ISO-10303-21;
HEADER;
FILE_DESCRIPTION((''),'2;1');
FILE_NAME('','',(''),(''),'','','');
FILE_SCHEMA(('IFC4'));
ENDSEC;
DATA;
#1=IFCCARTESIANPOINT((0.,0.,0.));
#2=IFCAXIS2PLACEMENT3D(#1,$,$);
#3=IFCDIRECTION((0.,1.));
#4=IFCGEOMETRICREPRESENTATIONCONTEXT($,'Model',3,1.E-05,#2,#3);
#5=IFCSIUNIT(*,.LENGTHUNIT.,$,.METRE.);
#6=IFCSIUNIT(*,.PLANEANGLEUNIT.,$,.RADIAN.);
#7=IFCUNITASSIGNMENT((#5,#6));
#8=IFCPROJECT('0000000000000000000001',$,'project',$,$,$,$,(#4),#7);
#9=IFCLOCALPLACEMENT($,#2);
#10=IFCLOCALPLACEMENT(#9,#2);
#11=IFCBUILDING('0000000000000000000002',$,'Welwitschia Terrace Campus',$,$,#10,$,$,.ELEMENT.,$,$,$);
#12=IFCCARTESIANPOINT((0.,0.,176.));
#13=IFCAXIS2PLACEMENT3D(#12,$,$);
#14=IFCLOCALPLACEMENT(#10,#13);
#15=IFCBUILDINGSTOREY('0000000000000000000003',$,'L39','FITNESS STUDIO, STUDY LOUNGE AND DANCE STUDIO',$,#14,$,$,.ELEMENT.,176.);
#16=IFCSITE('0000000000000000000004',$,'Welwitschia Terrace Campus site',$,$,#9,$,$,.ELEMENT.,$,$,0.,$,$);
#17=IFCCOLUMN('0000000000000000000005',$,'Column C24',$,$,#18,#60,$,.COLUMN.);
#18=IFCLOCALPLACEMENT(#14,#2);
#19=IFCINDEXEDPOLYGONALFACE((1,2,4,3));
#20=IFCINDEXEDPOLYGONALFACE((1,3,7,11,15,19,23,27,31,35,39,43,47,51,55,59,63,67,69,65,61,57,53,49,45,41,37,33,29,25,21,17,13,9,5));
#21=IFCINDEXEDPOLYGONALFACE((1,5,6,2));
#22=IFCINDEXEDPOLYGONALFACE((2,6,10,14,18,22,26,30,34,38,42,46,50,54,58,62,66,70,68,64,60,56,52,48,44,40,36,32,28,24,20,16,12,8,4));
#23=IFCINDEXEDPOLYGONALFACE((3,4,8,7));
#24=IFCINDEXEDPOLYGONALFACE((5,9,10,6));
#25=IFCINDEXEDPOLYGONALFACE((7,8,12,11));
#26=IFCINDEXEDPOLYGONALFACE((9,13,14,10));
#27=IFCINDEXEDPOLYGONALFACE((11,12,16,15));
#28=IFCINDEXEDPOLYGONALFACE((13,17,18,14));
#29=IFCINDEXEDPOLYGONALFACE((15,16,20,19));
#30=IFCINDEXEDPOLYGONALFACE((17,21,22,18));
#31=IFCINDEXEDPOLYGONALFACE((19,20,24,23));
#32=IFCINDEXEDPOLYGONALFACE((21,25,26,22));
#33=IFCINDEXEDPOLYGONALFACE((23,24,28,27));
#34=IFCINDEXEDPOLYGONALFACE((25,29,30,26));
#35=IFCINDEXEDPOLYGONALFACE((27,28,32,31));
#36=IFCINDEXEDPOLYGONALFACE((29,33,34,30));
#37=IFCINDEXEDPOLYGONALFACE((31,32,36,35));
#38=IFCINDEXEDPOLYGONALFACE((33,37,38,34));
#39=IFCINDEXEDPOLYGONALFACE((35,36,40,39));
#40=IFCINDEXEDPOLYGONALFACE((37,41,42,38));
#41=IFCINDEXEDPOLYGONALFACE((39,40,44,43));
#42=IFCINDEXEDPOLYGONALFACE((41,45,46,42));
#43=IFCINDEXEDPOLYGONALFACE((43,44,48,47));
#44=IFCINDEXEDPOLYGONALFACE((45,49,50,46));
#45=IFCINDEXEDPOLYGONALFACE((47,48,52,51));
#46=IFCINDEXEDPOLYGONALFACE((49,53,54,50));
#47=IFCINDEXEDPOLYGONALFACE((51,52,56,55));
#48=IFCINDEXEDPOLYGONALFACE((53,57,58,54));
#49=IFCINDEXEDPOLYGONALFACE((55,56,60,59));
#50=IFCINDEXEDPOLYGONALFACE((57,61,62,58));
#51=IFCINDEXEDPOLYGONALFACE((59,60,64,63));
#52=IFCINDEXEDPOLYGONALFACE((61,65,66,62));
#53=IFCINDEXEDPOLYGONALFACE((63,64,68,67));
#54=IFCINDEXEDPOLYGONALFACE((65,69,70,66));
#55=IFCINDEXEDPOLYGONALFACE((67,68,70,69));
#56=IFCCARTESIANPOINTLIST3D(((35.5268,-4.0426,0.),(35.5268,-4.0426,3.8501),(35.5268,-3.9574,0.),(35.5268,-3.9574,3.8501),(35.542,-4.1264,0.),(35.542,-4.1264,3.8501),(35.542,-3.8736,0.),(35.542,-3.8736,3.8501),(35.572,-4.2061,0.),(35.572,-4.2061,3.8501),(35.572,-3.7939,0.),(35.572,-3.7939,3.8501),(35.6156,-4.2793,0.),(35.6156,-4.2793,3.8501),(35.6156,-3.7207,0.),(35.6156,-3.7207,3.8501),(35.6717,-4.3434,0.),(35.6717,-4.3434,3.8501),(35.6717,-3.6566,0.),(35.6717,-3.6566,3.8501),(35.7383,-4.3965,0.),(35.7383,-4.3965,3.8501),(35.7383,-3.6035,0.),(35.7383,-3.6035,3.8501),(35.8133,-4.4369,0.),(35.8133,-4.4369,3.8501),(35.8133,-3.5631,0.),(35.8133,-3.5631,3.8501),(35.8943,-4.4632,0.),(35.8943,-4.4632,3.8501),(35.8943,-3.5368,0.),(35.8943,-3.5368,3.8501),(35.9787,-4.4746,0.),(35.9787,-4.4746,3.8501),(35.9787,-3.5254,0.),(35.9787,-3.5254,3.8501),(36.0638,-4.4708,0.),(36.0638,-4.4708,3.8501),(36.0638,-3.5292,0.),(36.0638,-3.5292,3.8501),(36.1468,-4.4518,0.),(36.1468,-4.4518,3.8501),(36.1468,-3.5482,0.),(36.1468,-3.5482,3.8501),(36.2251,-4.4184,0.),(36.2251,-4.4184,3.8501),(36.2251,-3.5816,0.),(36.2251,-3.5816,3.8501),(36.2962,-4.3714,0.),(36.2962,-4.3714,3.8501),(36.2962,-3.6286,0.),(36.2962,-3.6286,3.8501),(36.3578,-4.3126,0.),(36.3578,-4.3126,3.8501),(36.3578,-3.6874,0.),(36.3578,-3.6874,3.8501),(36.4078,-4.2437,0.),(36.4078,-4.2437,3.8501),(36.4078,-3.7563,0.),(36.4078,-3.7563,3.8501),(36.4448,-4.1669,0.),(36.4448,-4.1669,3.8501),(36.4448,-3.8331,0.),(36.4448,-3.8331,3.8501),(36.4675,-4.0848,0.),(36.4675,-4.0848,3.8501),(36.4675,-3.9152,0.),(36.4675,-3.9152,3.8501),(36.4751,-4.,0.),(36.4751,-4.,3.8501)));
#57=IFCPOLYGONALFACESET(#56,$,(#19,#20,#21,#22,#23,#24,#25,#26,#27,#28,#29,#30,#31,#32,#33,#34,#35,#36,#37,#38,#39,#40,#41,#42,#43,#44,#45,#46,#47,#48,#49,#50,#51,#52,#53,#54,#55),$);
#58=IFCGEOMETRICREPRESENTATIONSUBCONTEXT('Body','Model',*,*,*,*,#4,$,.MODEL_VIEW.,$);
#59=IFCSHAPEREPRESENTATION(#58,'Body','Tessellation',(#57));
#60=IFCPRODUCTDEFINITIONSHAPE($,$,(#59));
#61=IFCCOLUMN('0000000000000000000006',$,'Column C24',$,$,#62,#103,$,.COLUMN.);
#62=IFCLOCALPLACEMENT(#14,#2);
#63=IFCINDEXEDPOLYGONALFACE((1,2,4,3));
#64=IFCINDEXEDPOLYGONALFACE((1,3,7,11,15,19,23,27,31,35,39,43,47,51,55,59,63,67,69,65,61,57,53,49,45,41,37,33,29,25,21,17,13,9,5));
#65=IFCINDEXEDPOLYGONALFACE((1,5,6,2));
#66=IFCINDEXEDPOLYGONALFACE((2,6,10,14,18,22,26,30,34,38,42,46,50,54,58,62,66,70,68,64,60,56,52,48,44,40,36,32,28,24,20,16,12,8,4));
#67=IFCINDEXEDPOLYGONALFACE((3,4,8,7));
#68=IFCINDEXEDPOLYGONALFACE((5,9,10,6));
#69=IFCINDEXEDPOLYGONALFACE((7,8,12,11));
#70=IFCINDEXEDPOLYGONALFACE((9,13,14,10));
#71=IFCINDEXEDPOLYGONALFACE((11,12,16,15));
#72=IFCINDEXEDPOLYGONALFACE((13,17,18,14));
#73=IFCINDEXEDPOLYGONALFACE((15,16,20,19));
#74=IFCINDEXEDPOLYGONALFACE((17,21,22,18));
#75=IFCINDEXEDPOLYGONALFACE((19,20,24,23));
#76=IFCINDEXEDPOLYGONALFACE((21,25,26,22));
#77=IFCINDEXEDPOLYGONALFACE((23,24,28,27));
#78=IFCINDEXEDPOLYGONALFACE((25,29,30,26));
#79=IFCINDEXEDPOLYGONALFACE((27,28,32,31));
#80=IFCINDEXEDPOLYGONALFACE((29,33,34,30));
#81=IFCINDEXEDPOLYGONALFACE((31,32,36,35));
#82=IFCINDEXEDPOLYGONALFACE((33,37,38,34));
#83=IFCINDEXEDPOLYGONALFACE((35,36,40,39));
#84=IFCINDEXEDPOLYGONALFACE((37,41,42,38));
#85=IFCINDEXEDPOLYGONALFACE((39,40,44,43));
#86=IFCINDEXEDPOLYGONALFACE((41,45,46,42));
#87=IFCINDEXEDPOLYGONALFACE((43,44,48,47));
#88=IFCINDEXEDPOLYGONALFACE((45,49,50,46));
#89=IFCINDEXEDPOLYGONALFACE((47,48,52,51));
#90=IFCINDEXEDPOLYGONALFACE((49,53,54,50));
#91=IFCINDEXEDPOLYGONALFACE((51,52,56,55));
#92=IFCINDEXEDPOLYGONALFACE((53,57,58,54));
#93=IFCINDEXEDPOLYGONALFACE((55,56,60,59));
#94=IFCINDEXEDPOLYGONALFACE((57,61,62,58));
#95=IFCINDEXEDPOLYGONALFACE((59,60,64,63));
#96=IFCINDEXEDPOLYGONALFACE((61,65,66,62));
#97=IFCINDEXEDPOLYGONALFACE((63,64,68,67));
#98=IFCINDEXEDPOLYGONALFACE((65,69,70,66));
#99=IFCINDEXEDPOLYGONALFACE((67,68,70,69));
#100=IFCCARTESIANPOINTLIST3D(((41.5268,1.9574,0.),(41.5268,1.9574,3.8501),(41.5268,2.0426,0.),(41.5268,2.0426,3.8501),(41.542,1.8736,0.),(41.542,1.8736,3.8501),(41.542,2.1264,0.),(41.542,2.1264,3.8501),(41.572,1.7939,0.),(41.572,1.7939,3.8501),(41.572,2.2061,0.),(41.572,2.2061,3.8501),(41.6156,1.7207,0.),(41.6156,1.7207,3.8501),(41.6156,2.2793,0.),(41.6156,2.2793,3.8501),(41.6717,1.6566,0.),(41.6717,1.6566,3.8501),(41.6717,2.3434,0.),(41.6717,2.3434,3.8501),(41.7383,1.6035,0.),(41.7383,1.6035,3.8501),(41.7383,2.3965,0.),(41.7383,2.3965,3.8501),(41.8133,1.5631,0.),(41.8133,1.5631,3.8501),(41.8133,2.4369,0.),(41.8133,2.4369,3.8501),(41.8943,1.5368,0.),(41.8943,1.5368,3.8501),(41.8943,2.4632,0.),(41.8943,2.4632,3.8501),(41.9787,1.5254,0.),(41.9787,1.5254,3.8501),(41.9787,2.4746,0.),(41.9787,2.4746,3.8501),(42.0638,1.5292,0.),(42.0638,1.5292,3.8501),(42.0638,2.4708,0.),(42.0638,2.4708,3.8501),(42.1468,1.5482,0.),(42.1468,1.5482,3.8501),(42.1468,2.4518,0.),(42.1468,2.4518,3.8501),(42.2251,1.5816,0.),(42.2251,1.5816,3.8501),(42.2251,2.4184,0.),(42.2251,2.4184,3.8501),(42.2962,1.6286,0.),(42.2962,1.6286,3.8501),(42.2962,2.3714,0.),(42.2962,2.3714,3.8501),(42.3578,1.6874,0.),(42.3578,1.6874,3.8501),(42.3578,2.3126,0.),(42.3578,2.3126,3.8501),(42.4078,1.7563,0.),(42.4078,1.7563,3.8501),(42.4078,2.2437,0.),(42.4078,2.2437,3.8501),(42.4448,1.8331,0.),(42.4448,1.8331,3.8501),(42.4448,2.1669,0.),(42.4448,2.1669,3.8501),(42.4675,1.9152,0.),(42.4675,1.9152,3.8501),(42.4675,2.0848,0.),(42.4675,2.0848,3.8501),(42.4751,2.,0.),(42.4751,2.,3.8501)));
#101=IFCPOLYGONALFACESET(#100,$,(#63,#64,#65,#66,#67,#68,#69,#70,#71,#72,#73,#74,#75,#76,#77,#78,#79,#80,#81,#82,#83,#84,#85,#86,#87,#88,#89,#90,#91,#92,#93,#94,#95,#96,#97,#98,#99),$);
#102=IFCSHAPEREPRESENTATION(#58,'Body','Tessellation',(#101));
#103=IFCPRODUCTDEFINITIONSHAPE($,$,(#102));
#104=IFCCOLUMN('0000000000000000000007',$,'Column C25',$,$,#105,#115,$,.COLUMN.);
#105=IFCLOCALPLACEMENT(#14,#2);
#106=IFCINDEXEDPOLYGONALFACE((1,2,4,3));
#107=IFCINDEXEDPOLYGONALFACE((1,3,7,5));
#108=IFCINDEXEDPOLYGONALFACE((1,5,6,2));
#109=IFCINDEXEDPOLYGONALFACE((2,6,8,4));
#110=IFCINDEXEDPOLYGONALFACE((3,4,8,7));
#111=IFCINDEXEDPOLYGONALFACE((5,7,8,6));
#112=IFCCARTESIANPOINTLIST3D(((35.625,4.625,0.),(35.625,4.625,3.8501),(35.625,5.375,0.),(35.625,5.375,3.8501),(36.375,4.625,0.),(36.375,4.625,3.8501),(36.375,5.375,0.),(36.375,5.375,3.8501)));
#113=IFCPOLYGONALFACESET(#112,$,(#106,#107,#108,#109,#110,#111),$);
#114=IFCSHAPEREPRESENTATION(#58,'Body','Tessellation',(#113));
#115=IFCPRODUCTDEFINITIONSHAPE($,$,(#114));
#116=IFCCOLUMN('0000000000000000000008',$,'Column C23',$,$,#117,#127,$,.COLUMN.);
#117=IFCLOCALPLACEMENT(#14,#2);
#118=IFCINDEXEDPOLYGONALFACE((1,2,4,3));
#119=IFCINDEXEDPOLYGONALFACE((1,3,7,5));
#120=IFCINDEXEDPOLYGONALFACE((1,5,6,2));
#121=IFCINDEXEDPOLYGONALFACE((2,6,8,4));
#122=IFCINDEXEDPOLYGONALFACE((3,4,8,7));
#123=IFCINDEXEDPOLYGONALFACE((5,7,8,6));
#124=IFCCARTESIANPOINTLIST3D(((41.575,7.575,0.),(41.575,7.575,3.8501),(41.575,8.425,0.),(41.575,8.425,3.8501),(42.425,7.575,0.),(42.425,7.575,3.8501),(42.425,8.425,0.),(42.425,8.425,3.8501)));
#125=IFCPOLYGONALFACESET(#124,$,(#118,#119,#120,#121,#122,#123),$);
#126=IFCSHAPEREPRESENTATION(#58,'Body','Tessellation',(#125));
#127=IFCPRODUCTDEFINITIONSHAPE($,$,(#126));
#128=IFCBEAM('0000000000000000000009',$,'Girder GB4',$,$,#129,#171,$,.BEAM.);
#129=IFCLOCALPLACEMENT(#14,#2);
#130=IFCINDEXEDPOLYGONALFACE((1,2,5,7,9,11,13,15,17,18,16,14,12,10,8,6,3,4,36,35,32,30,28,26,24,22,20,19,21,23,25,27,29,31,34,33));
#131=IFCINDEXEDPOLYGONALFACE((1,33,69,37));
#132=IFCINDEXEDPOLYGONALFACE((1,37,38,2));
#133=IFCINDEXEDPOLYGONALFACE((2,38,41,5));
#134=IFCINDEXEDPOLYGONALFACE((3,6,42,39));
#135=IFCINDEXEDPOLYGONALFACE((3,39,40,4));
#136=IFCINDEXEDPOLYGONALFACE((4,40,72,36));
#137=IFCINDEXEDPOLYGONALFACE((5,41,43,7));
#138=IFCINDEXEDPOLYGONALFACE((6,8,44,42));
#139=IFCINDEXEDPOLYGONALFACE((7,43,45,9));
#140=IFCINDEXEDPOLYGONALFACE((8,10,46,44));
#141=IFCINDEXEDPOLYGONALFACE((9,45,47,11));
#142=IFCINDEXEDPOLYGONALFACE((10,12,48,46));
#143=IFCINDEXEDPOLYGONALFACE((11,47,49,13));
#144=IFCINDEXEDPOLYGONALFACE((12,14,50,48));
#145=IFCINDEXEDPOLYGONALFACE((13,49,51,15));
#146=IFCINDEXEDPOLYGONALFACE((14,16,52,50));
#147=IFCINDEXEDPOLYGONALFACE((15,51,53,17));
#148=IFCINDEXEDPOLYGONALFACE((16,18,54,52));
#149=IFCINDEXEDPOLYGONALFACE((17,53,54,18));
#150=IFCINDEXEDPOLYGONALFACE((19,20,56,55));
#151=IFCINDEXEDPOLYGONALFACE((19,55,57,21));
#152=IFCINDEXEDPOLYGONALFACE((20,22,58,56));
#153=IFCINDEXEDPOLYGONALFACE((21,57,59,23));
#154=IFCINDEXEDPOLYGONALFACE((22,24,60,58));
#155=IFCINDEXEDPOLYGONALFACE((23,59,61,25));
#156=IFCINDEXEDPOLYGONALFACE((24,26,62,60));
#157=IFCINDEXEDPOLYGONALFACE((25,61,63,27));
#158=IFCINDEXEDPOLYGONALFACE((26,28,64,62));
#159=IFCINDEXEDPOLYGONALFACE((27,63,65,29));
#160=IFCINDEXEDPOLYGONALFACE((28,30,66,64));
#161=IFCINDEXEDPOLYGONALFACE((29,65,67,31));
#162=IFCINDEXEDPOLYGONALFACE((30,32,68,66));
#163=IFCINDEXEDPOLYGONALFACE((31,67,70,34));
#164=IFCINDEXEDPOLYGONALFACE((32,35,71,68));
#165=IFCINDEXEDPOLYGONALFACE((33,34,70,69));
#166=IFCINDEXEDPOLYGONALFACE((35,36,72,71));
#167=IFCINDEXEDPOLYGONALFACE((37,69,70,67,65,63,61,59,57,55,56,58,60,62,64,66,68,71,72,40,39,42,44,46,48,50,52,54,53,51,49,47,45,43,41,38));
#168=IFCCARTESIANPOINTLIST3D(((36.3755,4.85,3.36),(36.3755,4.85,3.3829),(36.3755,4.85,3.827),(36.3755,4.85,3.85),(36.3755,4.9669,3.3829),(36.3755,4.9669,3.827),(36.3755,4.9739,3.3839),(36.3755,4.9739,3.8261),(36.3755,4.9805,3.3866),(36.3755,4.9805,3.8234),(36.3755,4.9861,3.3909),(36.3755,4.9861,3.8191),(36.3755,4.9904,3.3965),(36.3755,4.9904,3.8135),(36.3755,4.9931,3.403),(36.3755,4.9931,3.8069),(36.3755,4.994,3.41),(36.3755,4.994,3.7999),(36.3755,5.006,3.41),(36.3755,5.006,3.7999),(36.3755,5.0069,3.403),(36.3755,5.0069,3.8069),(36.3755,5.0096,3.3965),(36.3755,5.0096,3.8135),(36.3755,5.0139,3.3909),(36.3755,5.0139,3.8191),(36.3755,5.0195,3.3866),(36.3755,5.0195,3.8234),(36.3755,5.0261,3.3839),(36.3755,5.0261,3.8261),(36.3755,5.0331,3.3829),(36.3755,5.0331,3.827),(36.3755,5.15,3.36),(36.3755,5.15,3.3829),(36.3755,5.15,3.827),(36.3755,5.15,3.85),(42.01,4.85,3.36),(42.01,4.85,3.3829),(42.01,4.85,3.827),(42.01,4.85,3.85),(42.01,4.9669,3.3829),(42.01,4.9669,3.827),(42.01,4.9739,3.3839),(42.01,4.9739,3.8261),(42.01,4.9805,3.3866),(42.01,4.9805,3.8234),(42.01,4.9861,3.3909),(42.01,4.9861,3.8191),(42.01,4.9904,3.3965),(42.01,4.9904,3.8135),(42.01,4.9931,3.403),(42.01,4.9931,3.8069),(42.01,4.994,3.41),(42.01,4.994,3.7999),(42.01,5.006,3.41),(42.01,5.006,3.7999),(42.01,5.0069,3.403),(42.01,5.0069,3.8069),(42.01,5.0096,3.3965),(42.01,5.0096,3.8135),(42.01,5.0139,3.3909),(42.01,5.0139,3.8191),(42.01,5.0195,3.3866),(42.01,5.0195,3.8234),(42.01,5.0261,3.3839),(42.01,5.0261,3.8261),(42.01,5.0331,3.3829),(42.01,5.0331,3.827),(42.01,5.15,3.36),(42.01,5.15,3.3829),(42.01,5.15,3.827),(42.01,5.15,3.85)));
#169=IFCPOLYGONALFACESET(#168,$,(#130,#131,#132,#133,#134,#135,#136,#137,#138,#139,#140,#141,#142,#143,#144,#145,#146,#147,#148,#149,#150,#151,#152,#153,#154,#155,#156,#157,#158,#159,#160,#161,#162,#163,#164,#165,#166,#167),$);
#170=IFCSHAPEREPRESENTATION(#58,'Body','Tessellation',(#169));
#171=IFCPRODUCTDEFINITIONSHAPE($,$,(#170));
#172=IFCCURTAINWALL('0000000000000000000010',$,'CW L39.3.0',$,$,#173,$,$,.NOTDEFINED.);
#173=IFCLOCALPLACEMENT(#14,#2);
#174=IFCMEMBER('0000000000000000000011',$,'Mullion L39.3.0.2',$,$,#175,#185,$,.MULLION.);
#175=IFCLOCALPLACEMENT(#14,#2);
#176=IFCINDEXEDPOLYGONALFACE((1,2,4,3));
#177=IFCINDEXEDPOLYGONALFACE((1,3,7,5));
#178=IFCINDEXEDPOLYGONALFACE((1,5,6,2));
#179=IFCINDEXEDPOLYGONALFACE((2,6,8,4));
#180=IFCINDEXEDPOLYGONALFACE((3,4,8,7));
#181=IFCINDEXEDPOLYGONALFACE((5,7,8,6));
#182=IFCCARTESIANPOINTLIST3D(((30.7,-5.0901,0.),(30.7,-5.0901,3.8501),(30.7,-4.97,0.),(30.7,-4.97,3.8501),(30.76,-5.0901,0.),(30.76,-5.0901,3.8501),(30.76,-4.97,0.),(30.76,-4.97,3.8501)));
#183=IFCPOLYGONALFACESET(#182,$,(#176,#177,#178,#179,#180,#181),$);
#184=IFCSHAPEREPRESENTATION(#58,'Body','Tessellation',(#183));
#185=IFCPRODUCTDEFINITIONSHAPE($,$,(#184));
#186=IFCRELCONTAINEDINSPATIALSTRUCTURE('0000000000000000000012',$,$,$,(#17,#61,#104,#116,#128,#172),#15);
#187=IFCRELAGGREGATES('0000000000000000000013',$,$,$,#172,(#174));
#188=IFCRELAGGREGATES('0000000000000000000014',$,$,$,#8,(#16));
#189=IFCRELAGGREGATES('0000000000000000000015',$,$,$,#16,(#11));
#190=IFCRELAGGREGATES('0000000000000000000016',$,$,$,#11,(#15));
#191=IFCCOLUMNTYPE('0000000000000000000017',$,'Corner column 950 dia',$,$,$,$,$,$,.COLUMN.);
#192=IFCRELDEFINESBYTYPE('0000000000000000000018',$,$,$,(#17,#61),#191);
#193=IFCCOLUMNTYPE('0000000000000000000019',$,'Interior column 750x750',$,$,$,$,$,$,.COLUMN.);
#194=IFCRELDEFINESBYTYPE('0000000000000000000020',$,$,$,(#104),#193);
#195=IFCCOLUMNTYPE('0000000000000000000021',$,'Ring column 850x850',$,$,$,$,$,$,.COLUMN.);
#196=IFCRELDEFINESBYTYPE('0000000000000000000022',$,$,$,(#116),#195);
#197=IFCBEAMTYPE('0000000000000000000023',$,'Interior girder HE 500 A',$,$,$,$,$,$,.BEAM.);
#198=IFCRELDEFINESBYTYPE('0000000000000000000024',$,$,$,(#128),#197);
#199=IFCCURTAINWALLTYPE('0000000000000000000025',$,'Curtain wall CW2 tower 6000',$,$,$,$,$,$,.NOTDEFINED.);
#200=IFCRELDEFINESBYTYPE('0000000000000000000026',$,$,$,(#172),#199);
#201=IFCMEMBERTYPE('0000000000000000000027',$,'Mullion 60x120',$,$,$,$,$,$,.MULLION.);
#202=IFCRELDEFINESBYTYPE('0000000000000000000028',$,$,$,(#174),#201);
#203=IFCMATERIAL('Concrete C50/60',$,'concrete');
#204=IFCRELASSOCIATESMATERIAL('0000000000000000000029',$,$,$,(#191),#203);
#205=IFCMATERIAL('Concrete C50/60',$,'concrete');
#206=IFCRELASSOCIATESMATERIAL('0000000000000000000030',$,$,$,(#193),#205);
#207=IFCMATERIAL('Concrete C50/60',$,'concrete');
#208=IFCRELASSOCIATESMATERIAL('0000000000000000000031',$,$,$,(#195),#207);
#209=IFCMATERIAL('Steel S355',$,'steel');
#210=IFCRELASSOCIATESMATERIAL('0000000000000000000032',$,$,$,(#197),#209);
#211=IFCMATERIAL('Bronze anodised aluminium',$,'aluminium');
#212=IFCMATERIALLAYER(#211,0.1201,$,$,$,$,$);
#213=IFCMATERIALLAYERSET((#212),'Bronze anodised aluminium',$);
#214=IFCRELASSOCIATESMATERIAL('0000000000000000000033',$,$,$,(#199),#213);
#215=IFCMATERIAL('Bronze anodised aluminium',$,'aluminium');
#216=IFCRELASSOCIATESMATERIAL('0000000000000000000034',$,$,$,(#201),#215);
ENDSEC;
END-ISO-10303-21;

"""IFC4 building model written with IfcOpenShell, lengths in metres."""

from ifc_helpers import new_model, si_unit, direction, frame, origin, origin_2d, place, context, subcontext, project, spatial, rectangle, circle, i_section, extrude, material, layer, layer_set, material_profile, profile_set, type_object, element, aggregate, save


model = new_model("IFC4")

# Units and contexts
model_context = context("Model", 3, precision=1e-05, world=origin(), true_north=direction((0.0, 1.0)))
body_context = subcontext(model_context, "Body", "Model", "MODEL_VIEW")
ifc_project = project(units=[si_unit("LENGTHUNIT", "METRE"), si_unit("PLANEANGLEUNIT", "RADIAN")], contexts=[model_context])

# Site, building, storey
site_placement = place(None, origin())
site = spatial("IfcSite", under=ifc_project, at=site_placement, Name="Welwitschia Terrace Campus site", CompositionType="ELEMENT", RefElevation=0.0)
building_placement = place(site_placement, origin())
building = spatial("IfcBuilding", under=site, at=building_placement, Name="Welwitschia Terrace Campus", CompositionType="ELEMENT")
storey_placement = place(building_placement, frame((0.0, 0.0, 176.0)))
storey = spatial("IfcBuildingStorey", under=building, at=storey_placement, Name="L39", Description="FITNESS STUDIO, STUDY LOUNGE AND DANCE STUDIO", CompositionType="ELEMENT", Elevation=176.0)

# Columns
ifc_material_1 = material(Name="Concrete C50/60", Category="concrete")
ifc_material_profile_1 = material_profile(ifc_material_1, circle(Radius=0.4751, at=origin_2d()))
ifc_profile_set_1 = profile_set([ifc_material_profile_1], Name="Concrete C50/60")
column_type_1 = type_object("IfcColumnType", Name="Corner column 950 dia", PredefinedType="COLUMN", material=ifc_profile_set_1)
for number, where, z_axis, x_axis, name in (
    (1, (36.0, -4.0, 0.0), (0.0, 0.0, 1.0), (1.0, 0.0, 0.0), "Column C24"),
    (2, (42.0, 2.0, 0.0), (0.0, 0.0, 1.0), (1.0, 0.0, 0.0), "Column C24"),
):
    element("IfcColumn", number, at=place(storey_placement, frame(where, z_axis=z_axis, x_axis=x_axis)), inside=storey, type_object=column_type_1, Name=name, PredefinedType="COLUMN", context=body_context, shape_type="SweptSolid", body=[
        extrude(circle(Radius=0.4751, at=origin_2d()), origin(), (0.0, 0.0, 1.0), 3.8501),
    ])
ifc_material_2 = material(Name="Concrete C50/60", Category="concrete")
ifc_material_profile_2 = material_profile(ifc_material_2, rectangle(XDim=0.75, YDim=0.75, at=origin_2d()))
ifc_profile_set_2 = profile_set([ifc_material_profile_2], Name="Concrete C50/60")
column_type_2 = type_object("IfcColumnType", Name="Interior column 750x750", PredefinedType="COLUMN", material=ifc_profile_set_2)
column_1_placement = place(storey_placement, frame((36.0, 5.0, 0.0), z_axis=(0.0, 0.0, 1.0), x_axis=(1.0, 0.0, 0.0)))
element("IfcColumn", 3, at=column_1_placement, inside=storey, type_object=column_type_2, Name="Column C25", PredefinedType="COLUMN", context=body_context, shape_type="SweptSolid", body=[
    extrude(rectangle(XDim=0.75, YDim=0.75, at=origin_2d()), origin(), (0.0, 0.0, 1.0), 3.8501),
])
ifc_material_3 = material(Name="Concrete C50/60", Category="concrete")
ifc_material_profile_3 = material_profile(ifc_material_3, rectangle(XDim=0.8501, YDim=0.8501, at=origin_2d()))
ifc_profile_set_3 = profile_set([ifc_material_profile_3], Name="Concrete C50/60")
column_type_3 = type_object("IfcColumnType", Name="Ring column 850x850", PredefinedType="COLUMN", material=ifc_profile_set_3)
column_2_placement = place(storey_placement, frame((42.0, 8.0, 0.0), z_axis=(0.0, 0.0, 1.0), x_axis=(1.0, 0.0, 0.0)))
element("IfcColumn", 4, at=column_2_placement, inside=storey, type_object=column_type_3, Name="Column C23", PredefinedType="COLUMN", context=body_context, shape_type="SweptSolid", body=[
    extrude(rectangle(XDim=0.8501, YDim=0.8501, at=origin_2d()), origin(), (0.0, 0.0, 1.0), 3.8501),
])

# Beam
ifc_material_4 = material(Name="Steel S355", Category="steel")
ifc_material_profile_4 = material_profile(ifc_material_4, i_section(OverallWidth=0.3, OverallDepth=0.49, WebThickness=0.012, FlangeThickness=0.0229, FilletRadius=0.0271, at=origin_2d()))
ifc_profile_set_4 = profile_set([ifc_material_profile_4], Name="Steel S355")
beam_type_1 = type_object("IfcBeamType", Name="Interior girder HE 500 A", PredefinedType="BEAM", material=ifc_profile_set_4)
beam_1_placement = place(storey_placement, frame((36.3755, 5.0, 3.605), z_axis=(1.0, 0.0, 0.0), x_axis=(0.0, 1.0, 0.0)))
element("IfcBeam", 5, at=beam_1_placement, inside=storey, type_object=beam_type_1, Name="Girder GB4", PredefinedType="BEAM", context=body_context, shape_type="SweptSolid", body=[
    extrude(i_section(OverallWidth=0.3, OverallDepth=0.49, WebThickness=0.012, FlangeThickness=0.0229, FilletRadius=0.0271, at=origin_2d()), origin(), (0.0, 0.0, 1.0), 5.6345),
])

# Curtain wall, member
ifc_material_5 = material(Name="Bronze anodised aluminium", Category="aluminium")
ifc_layer_1 = layer(ifc_material_5, 0.1201)
ifc_layer_set_1 = layer_set([ifc_layer_1], Name="Bronze anodised aluminium")
curtain_wall_type = type_object("IfcCurtainWallType", Name="Curtain wall CW2 tower 6000", PredefinedType="NOTDEFINED", material=ifc_layer_set_1)
curtain_wall_1_placement = place(storey_placement, origin())
curtain_wall_1 = element("IfcCurtainWall", 6, at=curtain_wall_1_placement, inside=storey, type_object=curtain_wall_type, Name="CW L39.3.0", PredefinedType="NOTDEFINED")
ifc_material_6 = material(Name="Bronze anodised aluminium", Category="aluminium")
ifc_material_profile_5 = material_profile(ifc_material_6, rectangle(XDim=0.1201, YDim=0.0601, at=origin_2d()))
ifc_profile_set_5 = profile_set([ifc_material_profile_5], Name="Bronze anodised aluminium")
member_type_1 = type_object("IfcMemberType", Name="Mullion 60x120", PredefinedType="MULLION", material=ifc_profile_set_5)
member_1_placement = place(storey_placement, frame((30.73, -5.03, 0.0), z_axis=(0.0, 0.0, 1.0), x_axis=(0.0, 1.0, 0.0)))
member_1 = element("IfcMember", 7, at=member_1_placement, type_object=member_type_1, Name="Mullion L39.3.0.2", PredefinedType="MULLION", context=body_context, shape_type="SweptSolid", body=[
    extrude(rectangle(XDim=0.1201, YDim=0.0601, at=origin_2d()), origin(), (0.0, 0.0, 1.0), 3.8501),
])

aggregate(curtain_wall_1, [member_1])

save(model, "model.ifc")
